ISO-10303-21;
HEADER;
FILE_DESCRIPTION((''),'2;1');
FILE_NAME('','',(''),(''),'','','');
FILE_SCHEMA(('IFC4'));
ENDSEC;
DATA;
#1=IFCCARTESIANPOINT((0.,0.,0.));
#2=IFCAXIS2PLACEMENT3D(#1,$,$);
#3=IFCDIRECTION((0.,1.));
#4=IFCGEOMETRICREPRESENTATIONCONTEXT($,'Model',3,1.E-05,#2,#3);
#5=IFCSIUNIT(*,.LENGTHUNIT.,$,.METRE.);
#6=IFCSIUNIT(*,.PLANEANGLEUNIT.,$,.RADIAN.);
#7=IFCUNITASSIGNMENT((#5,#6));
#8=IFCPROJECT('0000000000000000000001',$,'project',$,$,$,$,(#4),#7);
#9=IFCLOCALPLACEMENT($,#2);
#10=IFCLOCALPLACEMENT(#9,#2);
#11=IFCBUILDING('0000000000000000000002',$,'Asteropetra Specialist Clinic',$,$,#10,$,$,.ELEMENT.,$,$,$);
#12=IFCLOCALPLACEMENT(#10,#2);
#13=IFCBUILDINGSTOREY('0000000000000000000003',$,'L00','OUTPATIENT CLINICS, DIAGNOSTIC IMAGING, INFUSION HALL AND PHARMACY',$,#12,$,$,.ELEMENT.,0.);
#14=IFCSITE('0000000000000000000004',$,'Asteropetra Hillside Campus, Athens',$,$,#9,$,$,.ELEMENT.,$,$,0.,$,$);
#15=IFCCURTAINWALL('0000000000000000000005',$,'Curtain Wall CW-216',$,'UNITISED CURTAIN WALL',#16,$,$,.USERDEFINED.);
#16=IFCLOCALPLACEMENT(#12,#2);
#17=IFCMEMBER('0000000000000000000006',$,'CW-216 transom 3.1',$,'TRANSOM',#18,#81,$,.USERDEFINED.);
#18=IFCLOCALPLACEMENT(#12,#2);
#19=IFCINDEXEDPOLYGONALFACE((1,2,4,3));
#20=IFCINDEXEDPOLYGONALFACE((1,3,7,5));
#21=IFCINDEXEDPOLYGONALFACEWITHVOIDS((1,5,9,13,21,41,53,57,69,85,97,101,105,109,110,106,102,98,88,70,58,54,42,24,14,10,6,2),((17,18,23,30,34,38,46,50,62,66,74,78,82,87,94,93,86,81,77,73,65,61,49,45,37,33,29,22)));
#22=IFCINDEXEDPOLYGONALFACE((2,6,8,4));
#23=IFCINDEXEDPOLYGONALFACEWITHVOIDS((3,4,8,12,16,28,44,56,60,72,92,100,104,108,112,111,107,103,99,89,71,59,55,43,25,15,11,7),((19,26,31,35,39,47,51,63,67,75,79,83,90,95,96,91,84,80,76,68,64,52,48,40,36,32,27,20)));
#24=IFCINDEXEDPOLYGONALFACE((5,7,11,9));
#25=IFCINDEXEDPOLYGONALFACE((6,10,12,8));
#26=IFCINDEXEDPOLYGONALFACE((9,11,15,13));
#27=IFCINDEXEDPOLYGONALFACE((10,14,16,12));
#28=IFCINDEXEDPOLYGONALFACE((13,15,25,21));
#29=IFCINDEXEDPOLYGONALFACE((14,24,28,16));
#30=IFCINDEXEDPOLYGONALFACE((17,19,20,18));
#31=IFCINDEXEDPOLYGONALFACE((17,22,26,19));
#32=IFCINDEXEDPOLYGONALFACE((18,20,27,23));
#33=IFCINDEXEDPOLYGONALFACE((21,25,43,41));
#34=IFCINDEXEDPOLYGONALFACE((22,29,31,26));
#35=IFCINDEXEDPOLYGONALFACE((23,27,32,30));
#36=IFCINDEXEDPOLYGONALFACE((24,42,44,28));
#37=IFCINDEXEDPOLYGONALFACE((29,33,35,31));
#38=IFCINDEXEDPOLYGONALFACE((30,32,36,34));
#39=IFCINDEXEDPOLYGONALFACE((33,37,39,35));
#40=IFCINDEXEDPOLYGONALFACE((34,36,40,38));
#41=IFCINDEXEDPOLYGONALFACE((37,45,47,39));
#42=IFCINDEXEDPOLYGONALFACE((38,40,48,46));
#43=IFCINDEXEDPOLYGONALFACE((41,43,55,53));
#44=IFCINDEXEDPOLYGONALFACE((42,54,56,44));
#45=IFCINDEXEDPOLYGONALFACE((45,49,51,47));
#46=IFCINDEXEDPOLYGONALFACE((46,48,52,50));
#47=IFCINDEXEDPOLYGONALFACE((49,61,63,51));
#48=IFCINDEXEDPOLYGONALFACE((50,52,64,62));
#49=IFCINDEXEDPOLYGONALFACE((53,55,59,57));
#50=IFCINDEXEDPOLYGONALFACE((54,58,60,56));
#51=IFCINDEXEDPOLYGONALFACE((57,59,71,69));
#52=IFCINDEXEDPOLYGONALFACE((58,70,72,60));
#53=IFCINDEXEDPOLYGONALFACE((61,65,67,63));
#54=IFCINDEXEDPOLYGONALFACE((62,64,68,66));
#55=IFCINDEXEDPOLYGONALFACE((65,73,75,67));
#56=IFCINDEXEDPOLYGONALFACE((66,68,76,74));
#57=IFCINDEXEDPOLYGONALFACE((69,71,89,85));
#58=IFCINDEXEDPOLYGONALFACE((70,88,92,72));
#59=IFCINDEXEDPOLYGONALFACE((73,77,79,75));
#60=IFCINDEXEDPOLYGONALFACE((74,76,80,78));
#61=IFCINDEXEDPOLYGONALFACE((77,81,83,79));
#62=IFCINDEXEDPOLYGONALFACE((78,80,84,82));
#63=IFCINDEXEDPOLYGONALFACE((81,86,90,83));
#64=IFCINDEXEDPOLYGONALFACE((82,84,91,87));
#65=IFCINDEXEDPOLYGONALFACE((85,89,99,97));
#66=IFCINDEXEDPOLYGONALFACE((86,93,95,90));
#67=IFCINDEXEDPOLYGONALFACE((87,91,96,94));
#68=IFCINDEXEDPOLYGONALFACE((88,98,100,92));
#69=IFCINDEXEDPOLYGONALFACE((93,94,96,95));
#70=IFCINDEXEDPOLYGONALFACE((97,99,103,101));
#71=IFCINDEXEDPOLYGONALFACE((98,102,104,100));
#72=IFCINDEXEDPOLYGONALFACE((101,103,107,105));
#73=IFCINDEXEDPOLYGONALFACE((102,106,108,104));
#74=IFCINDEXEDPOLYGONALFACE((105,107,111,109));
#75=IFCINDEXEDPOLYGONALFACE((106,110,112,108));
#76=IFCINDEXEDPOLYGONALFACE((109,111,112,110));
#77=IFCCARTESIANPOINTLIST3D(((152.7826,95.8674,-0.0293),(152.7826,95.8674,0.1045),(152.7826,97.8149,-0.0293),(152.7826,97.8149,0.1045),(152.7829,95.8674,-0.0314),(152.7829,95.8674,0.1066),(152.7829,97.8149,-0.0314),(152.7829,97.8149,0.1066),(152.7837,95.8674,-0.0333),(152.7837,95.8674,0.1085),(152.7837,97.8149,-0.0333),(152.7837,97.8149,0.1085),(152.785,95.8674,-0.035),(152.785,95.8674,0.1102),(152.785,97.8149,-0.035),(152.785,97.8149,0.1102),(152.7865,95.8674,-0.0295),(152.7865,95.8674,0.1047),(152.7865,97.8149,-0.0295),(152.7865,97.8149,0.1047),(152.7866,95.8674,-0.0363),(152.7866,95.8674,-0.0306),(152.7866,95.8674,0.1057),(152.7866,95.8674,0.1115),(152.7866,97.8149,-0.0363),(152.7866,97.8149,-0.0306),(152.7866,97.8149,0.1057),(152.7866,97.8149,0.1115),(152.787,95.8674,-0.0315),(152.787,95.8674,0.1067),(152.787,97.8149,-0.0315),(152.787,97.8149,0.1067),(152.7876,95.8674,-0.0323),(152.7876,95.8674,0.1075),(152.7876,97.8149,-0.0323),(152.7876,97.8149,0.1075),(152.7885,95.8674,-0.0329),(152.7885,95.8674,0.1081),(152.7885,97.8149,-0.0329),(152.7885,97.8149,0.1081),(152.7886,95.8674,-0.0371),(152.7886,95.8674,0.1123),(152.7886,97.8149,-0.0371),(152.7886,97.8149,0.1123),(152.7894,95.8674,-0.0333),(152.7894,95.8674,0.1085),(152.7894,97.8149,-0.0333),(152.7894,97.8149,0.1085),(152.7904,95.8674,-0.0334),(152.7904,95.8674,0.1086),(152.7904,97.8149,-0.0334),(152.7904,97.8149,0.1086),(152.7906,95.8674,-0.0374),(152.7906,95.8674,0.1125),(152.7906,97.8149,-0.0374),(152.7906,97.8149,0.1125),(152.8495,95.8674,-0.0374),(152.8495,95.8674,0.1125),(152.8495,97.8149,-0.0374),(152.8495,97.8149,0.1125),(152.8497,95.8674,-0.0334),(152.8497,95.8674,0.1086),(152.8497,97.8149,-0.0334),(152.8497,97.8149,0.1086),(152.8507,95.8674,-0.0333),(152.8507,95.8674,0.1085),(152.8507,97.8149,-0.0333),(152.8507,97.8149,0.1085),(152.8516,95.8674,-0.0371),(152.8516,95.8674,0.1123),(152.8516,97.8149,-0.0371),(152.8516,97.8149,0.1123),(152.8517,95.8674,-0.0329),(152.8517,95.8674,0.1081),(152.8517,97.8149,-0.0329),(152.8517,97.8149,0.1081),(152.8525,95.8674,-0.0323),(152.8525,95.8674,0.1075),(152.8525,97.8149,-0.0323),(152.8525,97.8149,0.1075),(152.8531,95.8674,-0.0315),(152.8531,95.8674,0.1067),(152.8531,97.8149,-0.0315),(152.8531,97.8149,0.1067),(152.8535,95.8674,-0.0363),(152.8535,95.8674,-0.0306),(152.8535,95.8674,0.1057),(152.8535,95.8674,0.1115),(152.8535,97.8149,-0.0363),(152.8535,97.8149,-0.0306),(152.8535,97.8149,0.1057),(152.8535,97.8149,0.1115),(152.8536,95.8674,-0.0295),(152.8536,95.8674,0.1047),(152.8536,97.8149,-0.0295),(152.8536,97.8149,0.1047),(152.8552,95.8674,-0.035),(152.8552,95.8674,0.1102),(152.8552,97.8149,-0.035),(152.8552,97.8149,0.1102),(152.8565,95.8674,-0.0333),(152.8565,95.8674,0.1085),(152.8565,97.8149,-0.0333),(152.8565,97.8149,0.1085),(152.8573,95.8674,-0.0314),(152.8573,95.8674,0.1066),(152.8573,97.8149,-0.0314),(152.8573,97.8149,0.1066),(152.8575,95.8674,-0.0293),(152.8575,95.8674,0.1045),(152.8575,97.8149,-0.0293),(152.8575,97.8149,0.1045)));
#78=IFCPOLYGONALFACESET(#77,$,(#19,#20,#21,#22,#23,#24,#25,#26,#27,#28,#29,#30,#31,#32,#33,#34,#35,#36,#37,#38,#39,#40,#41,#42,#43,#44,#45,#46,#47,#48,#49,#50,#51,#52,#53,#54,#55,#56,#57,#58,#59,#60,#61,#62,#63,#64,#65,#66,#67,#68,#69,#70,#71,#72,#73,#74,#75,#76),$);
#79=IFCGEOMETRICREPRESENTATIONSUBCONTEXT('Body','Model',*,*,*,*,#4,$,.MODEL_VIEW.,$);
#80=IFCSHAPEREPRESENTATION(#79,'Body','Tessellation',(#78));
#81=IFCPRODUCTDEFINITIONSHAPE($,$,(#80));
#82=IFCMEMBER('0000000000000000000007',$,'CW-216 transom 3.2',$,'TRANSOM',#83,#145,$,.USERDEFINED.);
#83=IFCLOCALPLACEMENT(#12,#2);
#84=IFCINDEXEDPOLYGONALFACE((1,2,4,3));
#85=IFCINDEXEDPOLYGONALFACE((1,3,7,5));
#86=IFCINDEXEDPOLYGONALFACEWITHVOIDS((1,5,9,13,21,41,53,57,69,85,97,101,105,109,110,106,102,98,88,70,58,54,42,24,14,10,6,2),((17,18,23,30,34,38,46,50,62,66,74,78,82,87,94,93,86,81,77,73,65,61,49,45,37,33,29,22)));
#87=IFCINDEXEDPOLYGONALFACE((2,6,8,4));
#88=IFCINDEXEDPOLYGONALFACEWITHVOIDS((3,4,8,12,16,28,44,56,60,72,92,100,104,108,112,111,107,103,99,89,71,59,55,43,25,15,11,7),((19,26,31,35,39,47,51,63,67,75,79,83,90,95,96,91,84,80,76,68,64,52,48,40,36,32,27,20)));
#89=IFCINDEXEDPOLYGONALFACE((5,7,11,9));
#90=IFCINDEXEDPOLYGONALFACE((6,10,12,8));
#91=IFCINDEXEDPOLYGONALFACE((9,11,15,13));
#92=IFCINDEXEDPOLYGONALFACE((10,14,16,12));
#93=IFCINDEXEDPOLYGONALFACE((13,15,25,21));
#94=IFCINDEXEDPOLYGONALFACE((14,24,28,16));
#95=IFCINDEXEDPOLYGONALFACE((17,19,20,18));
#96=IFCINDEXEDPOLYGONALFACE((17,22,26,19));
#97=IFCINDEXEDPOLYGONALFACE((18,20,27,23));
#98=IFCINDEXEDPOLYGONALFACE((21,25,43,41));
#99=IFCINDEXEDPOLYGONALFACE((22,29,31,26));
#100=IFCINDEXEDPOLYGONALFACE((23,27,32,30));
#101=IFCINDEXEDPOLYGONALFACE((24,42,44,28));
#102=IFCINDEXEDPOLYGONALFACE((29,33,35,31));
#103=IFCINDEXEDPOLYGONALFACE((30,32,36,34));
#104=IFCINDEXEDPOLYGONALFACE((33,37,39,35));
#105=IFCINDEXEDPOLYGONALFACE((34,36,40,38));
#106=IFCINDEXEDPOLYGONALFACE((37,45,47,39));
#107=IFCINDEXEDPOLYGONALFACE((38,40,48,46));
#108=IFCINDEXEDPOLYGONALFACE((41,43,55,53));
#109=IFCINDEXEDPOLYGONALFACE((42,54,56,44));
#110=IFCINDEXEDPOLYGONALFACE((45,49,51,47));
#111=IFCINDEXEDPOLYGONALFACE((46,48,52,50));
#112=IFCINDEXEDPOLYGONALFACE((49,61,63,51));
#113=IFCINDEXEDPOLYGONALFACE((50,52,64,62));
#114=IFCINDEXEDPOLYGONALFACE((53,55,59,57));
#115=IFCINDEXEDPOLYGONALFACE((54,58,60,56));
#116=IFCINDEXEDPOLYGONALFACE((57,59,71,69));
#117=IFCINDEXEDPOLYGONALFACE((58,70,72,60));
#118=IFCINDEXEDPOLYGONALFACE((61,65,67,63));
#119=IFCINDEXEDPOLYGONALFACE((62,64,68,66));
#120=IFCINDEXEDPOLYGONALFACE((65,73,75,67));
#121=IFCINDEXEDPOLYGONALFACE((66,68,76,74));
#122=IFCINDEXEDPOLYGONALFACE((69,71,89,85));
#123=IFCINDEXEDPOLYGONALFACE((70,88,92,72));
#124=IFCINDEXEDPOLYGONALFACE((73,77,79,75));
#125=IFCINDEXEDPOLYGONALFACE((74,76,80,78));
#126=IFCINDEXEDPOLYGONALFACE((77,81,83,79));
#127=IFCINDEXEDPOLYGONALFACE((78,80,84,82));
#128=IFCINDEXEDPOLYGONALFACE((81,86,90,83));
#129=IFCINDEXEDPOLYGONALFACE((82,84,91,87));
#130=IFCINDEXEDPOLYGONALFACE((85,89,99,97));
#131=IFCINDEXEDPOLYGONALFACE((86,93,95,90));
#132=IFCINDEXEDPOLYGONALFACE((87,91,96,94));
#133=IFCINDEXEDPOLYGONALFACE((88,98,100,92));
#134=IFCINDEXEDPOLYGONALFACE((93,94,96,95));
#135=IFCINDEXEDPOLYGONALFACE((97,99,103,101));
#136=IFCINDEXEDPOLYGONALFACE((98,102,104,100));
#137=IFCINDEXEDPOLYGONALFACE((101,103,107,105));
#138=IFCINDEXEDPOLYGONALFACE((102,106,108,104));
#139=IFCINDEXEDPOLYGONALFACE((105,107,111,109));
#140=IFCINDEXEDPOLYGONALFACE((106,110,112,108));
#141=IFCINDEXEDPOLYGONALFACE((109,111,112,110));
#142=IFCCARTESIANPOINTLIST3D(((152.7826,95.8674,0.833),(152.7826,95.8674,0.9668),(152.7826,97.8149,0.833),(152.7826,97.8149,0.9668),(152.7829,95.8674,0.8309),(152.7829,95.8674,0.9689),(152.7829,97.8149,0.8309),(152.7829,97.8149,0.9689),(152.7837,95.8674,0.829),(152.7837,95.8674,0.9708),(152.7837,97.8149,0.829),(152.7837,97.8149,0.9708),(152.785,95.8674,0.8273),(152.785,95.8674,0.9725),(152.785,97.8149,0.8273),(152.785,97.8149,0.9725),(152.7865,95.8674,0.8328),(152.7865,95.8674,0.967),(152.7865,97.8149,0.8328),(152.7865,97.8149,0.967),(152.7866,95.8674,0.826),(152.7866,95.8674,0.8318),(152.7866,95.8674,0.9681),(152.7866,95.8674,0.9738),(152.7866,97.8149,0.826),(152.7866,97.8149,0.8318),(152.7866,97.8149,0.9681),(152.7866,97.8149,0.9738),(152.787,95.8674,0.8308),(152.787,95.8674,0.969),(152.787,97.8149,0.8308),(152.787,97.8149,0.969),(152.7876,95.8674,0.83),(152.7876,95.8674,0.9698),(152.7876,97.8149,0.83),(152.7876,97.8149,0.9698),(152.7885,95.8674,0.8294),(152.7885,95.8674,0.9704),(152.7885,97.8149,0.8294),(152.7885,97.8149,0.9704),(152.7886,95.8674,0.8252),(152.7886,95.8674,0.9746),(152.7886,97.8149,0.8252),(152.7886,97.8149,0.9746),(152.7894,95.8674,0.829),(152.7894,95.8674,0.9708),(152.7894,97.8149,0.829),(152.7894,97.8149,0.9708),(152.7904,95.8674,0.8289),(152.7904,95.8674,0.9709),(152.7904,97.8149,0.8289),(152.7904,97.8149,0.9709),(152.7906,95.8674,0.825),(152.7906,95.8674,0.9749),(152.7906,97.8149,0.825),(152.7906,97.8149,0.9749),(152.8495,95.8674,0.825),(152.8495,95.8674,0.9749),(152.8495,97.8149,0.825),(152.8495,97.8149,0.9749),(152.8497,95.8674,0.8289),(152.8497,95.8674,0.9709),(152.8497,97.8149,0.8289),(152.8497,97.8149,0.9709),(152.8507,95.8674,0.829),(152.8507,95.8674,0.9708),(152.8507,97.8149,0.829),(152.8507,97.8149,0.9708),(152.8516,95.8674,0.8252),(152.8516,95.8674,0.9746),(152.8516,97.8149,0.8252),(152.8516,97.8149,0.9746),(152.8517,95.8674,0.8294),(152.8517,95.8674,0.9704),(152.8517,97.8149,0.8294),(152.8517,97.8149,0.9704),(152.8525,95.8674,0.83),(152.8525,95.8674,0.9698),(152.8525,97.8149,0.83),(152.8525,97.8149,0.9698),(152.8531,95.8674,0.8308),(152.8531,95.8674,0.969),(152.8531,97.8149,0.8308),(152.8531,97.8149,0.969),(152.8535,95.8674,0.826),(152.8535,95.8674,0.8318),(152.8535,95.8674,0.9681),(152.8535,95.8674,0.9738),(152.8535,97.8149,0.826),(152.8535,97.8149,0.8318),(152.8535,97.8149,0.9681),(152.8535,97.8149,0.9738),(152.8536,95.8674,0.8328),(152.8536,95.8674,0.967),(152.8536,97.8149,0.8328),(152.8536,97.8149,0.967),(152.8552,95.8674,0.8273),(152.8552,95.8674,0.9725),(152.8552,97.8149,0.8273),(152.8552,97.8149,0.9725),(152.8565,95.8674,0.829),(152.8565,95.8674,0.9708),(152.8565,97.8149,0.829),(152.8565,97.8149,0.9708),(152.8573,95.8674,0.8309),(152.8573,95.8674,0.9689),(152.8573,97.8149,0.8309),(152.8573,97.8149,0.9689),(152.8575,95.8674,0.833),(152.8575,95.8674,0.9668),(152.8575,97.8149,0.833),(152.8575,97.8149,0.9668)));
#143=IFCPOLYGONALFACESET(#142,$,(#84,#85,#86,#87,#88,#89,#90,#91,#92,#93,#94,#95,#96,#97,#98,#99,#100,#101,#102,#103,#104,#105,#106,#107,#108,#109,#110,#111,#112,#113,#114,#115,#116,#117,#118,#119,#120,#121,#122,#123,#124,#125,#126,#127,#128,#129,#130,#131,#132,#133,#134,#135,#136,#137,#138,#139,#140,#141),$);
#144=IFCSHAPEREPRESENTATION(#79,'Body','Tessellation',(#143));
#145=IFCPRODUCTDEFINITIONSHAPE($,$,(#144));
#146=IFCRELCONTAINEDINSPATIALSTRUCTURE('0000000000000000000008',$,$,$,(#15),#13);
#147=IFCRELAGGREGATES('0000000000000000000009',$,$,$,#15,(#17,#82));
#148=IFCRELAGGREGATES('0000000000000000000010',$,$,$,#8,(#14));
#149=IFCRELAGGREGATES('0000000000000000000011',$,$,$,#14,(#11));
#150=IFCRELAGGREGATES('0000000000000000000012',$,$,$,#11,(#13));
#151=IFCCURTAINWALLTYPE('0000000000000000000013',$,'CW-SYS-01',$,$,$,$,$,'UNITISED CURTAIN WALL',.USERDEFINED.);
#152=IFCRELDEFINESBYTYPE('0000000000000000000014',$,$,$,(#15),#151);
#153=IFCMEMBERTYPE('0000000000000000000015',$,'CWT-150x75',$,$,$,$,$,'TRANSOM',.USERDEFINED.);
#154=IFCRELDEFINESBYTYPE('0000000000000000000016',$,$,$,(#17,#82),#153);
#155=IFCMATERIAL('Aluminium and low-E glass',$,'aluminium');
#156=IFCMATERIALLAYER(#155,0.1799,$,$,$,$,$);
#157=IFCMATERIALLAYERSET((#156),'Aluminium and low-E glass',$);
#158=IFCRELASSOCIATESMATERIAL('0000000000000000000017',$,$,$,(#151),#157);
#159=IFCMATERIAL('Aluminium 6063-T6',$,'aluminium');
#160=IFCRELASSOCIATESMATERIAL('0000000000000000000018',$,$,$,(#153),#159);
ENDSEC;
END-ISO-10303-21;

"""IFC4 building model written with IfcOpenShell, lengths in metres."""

from ifc_helpers import new_model, si_unit, direction, frame, origin, origin_2d, place, context, subcontext, project, spatial, hollow_rectangle, extrude, material, layer, layer_set, material_profile, profile_set, type_object, element, aggregate, save


model = new_model("IFC4")

# Units and contexts
model_context = context("Model", 3, precision=1e-05, world=origin(), true_north=direction((0.0, 1.0)))
body_context = subcontext(model_context, "Body", "Model", "MODEL_VIEW")
ifc_project = project(units=[si_unit("LENGTHUNIT", "METRE"), si_unit("PLANEANGLEUNIT", "RADIAN")], contexts=[model_context])

# Site, building, storey
site_placement = place(None, origin())
site = spatial("IfcSite", under=ifc_project, at=site_placement, Name="Asteropetra Hillside Campus, Athens", CompositionType="ELEMENT", RefElevation=0.0)
building_placement = place(site_placement, origin())
building = spatial("IfcBuilding", under=site, at=building_placement, Name="Asteropetra Specialist Clinic", CompositionType="ELEMENT")
storey_placement = place(building_placement, origin())
storey = spatial("IfcBuildingStorey", under=building, at=storey_placement, Name="L00", Description="OUTPATIENT CLINICS, DIAGNOSTIC IMAGING, INFUSION HALL AND PHARMACY", CompositionType="ELEMENT", Elevation=0.0)

# Curtain wall, members
ifc_material_1 = material(Name="Aluminium and low-E glass", Category="aluminium")
ifc_layer_1 = layer(ifc_material_1, 0.1799)
ifc_layer_set_1 = layer_set([ifc_layer_1], Name="Aluminium and low-E glass")
curtain_wall_type = type_object("IfcCurtainWallType", Name="CW-SYS-01", ElementType="UNITISED CURTAIN WALL", PredefinedType="USERDEFINED", material=ifc_layer_set_1)
curtain_wall_placement = place(storey_placement, origin())
curtain_wall = element("IfcCurtainWall", 1, at=curtain_wall_placement, inside=storey, type_object=curtain_wall_type, Name="Curtain Wall CW-216", ObjectType="UNITISED CURTAIN WALL", PredefinedType="USERDEFINED")
ifc_material_2 = material(Name="Aluminium 6063-T6", Category="aluminium")
ifc_material_profile_1 = material_profile(ifc_material_2, hollow_rectangle(XDim=0.075, YDim=0.1499, WallThickness=0.0039, InnerFilletRadius=0.0039, OuterFilletRadius=0.0081, at=origin_2d()), Name="TRN 150x75x4.0")
ifc_profile_set_1 = profile_set([ifc_material_profile_1], Name="Aluminium 6063-T6")
member_type_1 = type_object("IfcMemberType", Name="CWT-150x75", ElementType="TRANSOM", PredefinedType="USERDEFINED", material=ifc_profile_set_1)
member_1_placement = place(storey_placement, frame((152.8201, 95.8674, 0.0376), z_axis=(0.0, 1.0, 0.0), x_axis=(-1.0, 0.0, 0.0)))
member_1 = element("IfcMember", 2, at=member_1_placement, type_object=member_type_1, Name="CW-216 transom 3.1", ObjectType="TRANSOM", PredefinedType="USERDEFINED", context=body_context, shape_type="SweptSolid", body=[
    extrude(hollow_rectangle(XDim=0.075, YDim=0.1499, WallThickness=0.0039, InnerFilletRadius=0.0039, OuterFilletRadius=0.0081, at=origin_2d()), origin(), (0.0, 0.0, 1.0), 1.9475),
])
member_2_placement = place(storey_placement, frame((152.8201, 95.8674, 0.8999), z_axis=(0.0, 1.0, 0.0), x_axis=(-1.0, 0.0, 0.0)))
member_2 = element("IfcMember", 3, at=member_2_placement, type_object=member_type_1, Name="CW-216 transom 3.2", ObjectType="TRANSOM", PredefinedType="USERDEFINED", context=body_context, shape_type="SweptSolid", body=[
    extrude(hollow_rectangle(XDim=0.075, YDim=0.1499, WallThickness=0.0039, InnerFilletRadius=0.0039, OuterFilletRadius=0.0081, at=origin_2d()), origin(), (0.0, 0.0, 1.0), 1.9475),
])
aggregate(curtain_wall, [member_1, member_2])

save(model, "model.ifc")
